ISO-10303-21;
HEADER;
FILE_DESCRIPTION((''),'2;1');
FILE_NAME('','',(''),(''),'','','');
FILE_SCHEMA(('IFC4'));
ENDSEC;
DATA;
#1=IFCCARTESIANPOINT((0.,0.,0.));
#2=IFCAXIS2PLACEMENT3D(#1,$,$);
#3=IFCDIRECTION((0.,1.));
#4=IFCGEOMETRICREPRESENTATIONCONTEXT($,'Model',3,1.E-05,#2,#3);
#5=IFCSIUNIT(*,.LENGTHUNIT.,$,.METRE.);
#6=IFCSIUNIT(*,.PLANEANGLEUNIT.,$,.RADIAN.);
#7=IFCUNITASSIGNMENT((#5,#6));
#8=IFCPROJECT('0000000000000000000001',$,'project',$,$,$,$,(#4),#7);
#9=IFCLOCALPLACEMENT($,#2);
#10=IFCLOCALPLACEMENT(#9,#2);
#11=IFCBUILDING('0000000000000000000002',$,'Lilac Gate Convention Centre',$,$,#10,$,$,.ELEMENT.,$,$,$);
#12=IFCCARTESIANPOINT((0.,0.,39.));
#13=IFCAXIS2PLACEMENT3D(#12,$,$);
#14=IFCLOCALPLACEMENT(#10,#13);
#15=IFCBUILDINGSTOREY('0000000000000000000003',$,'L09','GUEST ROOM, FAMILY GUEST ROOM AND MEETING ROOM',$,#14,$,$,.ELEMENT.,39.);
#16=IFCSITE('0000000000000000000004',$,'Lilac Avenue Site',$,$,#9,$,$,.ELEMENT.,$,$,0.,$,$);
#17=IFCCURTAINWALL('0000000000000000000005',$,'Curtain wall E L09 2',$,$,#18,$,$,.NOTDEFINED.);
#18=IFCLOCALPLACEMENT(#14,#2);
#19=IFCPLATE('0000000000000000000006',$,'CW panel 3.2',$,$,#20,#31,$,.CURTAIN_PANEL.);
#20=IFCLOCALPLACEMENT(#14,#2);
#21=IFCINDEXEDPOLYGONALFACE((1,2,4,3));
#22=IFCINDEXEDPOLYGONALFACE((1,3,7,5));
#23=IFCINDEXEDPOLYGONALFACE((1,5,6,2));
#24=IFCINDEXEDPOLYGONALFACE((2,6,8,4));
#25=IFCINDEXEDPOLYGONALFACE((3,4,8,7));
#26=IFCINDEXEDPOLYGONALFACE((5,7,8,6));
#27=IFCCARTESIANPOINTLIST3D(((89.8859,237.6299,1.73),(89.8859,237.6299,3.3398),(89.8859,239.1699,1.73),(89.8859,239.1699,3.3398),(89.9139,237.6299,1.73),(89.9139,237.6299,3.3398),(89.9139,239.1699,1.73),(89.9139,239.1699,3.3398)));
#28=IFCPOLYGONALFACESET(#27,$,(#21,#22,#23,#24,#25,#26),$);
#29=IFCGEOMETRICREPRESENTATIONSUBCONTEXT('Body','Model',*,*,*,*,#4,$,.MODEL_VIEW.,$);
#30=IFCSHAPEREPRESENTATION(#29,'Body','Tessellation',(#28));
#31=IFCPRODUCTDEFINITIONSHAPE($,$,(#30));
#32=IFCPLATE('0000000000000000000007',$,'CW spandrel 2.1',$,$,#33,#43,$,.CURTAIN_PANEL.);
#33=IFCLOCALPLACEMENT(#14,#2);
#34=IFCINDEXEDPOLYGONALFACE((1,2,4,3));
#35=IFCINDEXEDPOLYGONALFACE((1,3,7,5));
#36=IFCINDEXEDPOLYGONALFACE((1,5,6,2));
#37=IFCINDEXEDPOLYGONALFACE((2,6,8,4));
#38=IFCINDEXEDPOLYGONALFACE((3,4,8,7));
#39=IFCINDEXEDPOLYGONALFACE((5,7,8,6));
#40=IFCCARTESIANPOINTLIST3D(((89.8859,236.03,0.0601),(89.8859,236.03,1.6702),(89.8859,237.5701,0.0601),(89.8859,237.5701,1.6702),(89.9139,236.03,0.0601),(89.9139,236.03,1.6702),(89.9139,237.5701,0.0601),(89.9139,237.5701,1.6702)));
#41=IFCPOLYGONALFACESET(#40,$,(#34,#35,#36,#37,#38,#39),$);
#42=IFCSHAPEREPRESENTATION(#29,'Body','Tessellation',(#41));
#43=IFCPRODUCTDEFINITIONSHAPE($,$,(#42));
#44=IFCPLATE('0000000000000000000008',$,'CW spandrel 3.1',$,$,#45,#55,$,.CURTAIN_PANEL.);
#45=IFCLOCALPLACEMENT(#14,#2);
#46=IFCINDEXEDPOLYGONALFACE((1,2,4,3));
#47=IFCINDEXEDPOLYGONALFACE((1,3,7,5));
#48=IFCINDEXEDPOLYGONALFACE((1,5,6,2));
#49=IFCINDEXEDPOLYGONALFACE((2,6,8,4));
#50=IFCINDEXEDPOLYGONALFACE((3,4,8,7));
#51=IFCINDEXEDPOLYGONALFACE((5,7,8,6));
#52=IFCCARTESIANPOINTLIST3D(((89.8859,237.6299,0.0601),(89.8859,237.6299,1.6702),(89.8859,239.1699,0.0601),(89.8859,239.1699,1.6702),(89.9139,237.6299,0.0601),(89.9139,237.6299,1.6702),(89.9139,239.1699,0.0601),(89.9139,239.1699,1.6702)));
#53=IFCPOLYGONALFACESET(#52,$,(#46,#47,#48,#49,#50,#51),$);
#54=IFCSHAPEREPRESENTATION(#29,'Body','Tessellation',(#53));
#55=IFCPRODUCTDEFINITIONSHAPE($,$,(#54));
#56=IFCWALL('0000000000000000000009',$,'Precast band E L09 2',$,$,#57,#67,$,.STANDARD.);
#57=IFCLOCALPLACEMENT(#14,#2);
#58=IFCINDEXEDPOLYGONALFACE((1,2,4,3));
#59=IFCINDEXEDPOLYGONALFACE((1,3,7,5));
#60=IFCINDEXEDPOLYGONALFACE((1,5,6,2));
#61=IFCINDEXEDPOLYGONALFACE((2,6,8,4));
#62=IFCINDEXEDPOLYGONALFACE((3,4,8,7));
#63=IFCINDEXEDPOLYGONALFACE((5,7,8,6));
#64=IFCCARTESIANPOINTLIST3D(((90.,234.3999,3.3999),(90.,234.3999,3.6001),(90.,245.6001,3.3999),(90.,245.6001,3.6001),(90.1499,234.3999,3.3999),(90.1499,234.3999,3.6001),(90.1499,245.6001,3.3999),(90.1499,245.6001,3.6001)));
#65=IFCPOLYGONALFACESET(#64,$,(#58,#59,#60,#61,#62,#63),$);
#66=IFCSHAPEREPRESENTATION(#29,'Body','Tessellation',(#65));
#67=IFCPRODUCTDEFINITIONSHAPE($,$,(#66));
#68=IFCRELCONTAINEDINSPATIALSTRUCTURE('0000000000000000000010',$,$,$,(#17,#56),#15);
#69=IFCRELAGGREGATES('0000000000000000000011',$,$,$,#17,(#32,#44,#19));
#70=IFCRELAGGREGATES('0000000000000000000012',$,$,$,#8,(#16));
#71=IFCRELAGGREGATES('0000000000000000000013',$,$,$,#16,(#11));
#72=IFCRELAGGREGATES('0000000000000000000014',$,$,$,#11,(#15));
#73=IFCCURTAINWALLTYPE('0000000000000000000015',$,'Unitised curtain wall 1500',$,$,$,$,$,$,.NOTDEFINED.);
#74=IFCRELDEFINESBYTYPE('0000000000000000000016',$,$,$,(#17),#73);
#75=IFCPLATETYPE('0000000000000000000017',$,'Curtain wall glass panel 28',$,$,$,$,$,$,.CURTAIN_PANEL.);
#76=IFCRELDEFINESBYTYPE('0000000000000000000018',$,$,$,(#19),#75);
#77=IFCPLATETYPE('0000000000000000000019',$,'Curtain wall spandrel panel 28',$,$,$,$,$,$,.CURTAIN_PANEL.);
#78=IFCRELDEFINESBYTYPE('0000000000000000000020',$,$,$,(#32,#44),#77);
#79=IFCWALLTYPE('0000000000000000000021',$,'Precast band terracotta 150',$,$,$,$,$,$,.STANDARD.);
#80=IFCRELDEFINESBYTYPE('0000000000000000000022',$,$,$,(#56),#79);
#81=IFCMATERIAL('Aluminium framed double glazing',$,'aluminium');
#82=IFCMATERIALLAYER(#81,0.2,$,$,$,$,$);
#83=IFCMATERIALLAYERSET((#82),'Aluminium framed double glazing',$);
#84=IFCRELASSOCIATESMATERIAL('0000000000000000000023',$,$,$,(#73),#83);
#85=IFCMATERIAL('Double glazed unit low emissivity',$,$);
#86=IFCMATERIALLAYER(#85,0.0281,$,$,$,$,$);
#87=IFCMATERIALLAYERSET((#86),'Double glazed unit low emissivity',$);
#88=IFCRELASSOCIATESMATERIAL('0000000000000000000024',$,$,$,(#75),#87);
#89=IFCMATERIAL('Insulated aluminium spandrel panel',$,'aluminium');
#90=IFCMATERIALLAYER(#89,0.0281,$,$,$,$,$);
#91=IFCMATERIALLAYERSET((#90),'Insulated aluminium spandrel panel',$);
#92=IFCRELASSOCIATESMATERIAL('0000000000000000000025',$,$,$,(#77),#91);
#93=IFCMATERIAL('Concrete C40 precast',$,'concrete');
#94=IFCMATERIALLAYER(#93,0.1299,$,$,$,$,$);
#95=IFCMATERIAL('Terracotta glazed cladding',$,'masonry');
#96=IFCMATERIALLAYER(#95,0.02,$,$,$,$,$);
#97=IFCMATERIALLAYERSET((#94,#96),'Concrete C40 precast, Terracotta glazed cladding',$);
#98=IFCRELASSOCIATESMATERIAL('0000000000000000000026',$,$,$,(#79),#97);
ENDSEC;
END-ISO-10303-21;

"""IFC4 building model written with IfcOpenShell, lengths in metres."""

from ifc_helpers import new_model, si_unit, direction, frame, frame_2d, origin, origin_2d, place, context, subcontext, project, spatial, rectangle, extrude, material, layer, layer_set, type_object, element, aggregate, save


model = new_model("IFC4")

# Units and contexts
model_context = context("Model", 3, precision=1e-05, world=origin(), true_north=direction((0.0, 1.0)))
body_context = subcontext(model_context, "Body", "Model", "MODEL_VIEW")
ifc_project = project(units=[si_unit("LENGTHUNIT", "METRE"), si_unit("PLANEANGLEUNIT", "RADIAN")], contexts=[model_context])

# Site, building, storey
site_placement = place(None, origin())
site = spatial("IfcSite", under=ifc_project, at=site_placement, Name="Lilac Avenue Site", CompositionType="ELEMENT", RefElevation=0.0)
building_placement = place(site_placement, origin())
building = spatial("IfcBuilding", under=site, at=building_placement, Name="Lilac Gate Convention Centre", CompositionType="ELEMENT")
storey_placement = place(building_placement, frame((0.0, 0.0, 39.0)))
storey = spatial("IfcBuildingStorey", under=building, at=storey_placement, Name="L09", Description="GUEST ROOM, FAMILY GUEST ROOM AND MEETING ROOM", CompositionType="ELEMENT", Elevation=39.0)

# Curtain wall
ifc_material_1 = material(Name="Aluminium framed double glazing", Category="aluminium")
ifc_layer_1 = layer(ifc_material_1, 0.2)
ifc_layer_set_1 = layer_set([ifc_layer_1], Name="Aluminium framed double glazing")
curtain_wall_type = type_object("IfcCurtainWallType", Name="Unitised curtain wall 1500", PredefinedType="NOTDEFINED", material=ifc_layer_set_1)
curtain_wall_placement = place(storey_placement, origin())
curtain_wall = element("IfcCurtainWall", 1, at=curtain_wall_placement, inside=storey, type_object=curtain_wall_type, Name="Curtain wall E L09 2", PredefinedType="NOTDEFINED")

# Plates
ifc_material_2 = material(Name="Double glazed unit low emissivity")
ifc_layer_2 = layer(ifc_material_2, 0.0281)
ifc_layer_set_2 = layer_set([ifc_layer_2], Name="Double glazed unit low emissivity")
plate_type_1 = type_object("IfcPlateType", Name="Curtain wall glass panel 28", PredefinedType="CURTAIN_PANEL", material=ifc_layer_set_2)
plate_1_placement = place(storey_placement, frame((89.8999, 238.3999, 1.73), z_axis=(0.0, 0.0, 1.0), x_axis=(0.0, 1.0, 0.0)))
plate_1 = element("IfcPlate", 2, at=plate_1_placement, type_object=plate_type_1, Name="CW panel 3.2", PredefinedType="CURTAIN_PANEL", context=body_context, shape_type="SweptSolid", body=[
    extrude(rectangle(XDim=1.54, YDim=0.0281, at=origin_2d()), origin(), (0.0, 0.0, 1.0), 1.6099),
])
ifc_material_3 = material(Name="Insulated aluminium spandrel panel", Category="aluminium")
ifc_layer_3 = layer(ifc_material_3, 0.0281)
ifc_layer_set_3 = layer_set([ifc_layer_3], Name="Insulated aluminium spandrel panel")
plate_type_2 = type_object("IfcPlateType", Name="Curtain wall spandrel panel 28", PredefinedType="CURTAIN_PANEL", material=ifc_layer_set_3)
plate_2_placement = place(storey_placement, frame((89.8999, 236.8, 0.0601), z_axis=(0.0, 0.0, 1.0), x_axis=(0.0, 1.0, 0.0)))
plate_2 = element("IfcPlate", 3, at=plate_2_placement, type_object=plate_type_2, Name="CW spandrel 2.1", PredefinedType="CURTAIN_PANEL", context=body_context, shape_type="SweptSolid", body=[
    extrude(rectangle(XDim=1.54, YDim=0.0281, at=origin_2d()), origin(), (0.0, 0.0, 1.0), 1.6101),
])
plate_3_placement = place(storey_placement, frame((89.8999, 238.3999, 0.0601), z_axis=(0.0, 0.0, 1.0), x_axis=(0.0, 1.0, 0.0)))
plate_3 = element("IfcPlate", 4, at=plate_3_placement, type_object=plate_type_2, Name="CW spandrel 3.1", PredefinedType="CURTAIN_PANEL", context=body_context, shape_type="SweptSolid", body=[
    extrude(rectangle(XDim=1.54, YDim=0.0281, at=origin_2d()), origin(), (0.0, 0.0, 1.0), 1.6101),
])
aggregate(curtain_wall, [plate_2, plate_3, plate_1])

# Wall
ifc_material_4 = material(Name="Concrete C40 precast", Category="concrete")
ifc_layer_4 = layer(ifc_material_4, 0.1299)
ifc_material_5 = material(Name="Terracotta glazed cladding", Category="masonry")
ifc_layer_5 = layer(ifc_material_5, 0.02)
ifc_layer_set_4 = layer_set([ifc_layer_4, ifc_layer_5], Name="Concrete C40 precast, Terracotta glazed cladding")
wall_type = type_object("IfcWallType", Name="Precast band terracotta 150", PredefinedType="STANDARD", material=ifc_layer_set_4)
wall_placement = place(storey_placement, frame((90.075, 234.3999, 3.3999), z_axis=(0.0, 0.0, 1.0), x_axis=(0.0, 1.0, 0.0)))
element("IfcWall", 5, at=wall_placement, inside=storey, type_object=wall_type, Name="Precast band E L09 2", PredefinedType="STANDARD", context=body_context, shape_type="SweptSolid", body=[
    extrude(rectangle(XDim=11.2002, YDim=0.1499, at=frame_2d((5.6001, 0.0))), origin(), (0.0, 0.0, 1.0), 0.2002),
])

save(model, "model.ifc")
